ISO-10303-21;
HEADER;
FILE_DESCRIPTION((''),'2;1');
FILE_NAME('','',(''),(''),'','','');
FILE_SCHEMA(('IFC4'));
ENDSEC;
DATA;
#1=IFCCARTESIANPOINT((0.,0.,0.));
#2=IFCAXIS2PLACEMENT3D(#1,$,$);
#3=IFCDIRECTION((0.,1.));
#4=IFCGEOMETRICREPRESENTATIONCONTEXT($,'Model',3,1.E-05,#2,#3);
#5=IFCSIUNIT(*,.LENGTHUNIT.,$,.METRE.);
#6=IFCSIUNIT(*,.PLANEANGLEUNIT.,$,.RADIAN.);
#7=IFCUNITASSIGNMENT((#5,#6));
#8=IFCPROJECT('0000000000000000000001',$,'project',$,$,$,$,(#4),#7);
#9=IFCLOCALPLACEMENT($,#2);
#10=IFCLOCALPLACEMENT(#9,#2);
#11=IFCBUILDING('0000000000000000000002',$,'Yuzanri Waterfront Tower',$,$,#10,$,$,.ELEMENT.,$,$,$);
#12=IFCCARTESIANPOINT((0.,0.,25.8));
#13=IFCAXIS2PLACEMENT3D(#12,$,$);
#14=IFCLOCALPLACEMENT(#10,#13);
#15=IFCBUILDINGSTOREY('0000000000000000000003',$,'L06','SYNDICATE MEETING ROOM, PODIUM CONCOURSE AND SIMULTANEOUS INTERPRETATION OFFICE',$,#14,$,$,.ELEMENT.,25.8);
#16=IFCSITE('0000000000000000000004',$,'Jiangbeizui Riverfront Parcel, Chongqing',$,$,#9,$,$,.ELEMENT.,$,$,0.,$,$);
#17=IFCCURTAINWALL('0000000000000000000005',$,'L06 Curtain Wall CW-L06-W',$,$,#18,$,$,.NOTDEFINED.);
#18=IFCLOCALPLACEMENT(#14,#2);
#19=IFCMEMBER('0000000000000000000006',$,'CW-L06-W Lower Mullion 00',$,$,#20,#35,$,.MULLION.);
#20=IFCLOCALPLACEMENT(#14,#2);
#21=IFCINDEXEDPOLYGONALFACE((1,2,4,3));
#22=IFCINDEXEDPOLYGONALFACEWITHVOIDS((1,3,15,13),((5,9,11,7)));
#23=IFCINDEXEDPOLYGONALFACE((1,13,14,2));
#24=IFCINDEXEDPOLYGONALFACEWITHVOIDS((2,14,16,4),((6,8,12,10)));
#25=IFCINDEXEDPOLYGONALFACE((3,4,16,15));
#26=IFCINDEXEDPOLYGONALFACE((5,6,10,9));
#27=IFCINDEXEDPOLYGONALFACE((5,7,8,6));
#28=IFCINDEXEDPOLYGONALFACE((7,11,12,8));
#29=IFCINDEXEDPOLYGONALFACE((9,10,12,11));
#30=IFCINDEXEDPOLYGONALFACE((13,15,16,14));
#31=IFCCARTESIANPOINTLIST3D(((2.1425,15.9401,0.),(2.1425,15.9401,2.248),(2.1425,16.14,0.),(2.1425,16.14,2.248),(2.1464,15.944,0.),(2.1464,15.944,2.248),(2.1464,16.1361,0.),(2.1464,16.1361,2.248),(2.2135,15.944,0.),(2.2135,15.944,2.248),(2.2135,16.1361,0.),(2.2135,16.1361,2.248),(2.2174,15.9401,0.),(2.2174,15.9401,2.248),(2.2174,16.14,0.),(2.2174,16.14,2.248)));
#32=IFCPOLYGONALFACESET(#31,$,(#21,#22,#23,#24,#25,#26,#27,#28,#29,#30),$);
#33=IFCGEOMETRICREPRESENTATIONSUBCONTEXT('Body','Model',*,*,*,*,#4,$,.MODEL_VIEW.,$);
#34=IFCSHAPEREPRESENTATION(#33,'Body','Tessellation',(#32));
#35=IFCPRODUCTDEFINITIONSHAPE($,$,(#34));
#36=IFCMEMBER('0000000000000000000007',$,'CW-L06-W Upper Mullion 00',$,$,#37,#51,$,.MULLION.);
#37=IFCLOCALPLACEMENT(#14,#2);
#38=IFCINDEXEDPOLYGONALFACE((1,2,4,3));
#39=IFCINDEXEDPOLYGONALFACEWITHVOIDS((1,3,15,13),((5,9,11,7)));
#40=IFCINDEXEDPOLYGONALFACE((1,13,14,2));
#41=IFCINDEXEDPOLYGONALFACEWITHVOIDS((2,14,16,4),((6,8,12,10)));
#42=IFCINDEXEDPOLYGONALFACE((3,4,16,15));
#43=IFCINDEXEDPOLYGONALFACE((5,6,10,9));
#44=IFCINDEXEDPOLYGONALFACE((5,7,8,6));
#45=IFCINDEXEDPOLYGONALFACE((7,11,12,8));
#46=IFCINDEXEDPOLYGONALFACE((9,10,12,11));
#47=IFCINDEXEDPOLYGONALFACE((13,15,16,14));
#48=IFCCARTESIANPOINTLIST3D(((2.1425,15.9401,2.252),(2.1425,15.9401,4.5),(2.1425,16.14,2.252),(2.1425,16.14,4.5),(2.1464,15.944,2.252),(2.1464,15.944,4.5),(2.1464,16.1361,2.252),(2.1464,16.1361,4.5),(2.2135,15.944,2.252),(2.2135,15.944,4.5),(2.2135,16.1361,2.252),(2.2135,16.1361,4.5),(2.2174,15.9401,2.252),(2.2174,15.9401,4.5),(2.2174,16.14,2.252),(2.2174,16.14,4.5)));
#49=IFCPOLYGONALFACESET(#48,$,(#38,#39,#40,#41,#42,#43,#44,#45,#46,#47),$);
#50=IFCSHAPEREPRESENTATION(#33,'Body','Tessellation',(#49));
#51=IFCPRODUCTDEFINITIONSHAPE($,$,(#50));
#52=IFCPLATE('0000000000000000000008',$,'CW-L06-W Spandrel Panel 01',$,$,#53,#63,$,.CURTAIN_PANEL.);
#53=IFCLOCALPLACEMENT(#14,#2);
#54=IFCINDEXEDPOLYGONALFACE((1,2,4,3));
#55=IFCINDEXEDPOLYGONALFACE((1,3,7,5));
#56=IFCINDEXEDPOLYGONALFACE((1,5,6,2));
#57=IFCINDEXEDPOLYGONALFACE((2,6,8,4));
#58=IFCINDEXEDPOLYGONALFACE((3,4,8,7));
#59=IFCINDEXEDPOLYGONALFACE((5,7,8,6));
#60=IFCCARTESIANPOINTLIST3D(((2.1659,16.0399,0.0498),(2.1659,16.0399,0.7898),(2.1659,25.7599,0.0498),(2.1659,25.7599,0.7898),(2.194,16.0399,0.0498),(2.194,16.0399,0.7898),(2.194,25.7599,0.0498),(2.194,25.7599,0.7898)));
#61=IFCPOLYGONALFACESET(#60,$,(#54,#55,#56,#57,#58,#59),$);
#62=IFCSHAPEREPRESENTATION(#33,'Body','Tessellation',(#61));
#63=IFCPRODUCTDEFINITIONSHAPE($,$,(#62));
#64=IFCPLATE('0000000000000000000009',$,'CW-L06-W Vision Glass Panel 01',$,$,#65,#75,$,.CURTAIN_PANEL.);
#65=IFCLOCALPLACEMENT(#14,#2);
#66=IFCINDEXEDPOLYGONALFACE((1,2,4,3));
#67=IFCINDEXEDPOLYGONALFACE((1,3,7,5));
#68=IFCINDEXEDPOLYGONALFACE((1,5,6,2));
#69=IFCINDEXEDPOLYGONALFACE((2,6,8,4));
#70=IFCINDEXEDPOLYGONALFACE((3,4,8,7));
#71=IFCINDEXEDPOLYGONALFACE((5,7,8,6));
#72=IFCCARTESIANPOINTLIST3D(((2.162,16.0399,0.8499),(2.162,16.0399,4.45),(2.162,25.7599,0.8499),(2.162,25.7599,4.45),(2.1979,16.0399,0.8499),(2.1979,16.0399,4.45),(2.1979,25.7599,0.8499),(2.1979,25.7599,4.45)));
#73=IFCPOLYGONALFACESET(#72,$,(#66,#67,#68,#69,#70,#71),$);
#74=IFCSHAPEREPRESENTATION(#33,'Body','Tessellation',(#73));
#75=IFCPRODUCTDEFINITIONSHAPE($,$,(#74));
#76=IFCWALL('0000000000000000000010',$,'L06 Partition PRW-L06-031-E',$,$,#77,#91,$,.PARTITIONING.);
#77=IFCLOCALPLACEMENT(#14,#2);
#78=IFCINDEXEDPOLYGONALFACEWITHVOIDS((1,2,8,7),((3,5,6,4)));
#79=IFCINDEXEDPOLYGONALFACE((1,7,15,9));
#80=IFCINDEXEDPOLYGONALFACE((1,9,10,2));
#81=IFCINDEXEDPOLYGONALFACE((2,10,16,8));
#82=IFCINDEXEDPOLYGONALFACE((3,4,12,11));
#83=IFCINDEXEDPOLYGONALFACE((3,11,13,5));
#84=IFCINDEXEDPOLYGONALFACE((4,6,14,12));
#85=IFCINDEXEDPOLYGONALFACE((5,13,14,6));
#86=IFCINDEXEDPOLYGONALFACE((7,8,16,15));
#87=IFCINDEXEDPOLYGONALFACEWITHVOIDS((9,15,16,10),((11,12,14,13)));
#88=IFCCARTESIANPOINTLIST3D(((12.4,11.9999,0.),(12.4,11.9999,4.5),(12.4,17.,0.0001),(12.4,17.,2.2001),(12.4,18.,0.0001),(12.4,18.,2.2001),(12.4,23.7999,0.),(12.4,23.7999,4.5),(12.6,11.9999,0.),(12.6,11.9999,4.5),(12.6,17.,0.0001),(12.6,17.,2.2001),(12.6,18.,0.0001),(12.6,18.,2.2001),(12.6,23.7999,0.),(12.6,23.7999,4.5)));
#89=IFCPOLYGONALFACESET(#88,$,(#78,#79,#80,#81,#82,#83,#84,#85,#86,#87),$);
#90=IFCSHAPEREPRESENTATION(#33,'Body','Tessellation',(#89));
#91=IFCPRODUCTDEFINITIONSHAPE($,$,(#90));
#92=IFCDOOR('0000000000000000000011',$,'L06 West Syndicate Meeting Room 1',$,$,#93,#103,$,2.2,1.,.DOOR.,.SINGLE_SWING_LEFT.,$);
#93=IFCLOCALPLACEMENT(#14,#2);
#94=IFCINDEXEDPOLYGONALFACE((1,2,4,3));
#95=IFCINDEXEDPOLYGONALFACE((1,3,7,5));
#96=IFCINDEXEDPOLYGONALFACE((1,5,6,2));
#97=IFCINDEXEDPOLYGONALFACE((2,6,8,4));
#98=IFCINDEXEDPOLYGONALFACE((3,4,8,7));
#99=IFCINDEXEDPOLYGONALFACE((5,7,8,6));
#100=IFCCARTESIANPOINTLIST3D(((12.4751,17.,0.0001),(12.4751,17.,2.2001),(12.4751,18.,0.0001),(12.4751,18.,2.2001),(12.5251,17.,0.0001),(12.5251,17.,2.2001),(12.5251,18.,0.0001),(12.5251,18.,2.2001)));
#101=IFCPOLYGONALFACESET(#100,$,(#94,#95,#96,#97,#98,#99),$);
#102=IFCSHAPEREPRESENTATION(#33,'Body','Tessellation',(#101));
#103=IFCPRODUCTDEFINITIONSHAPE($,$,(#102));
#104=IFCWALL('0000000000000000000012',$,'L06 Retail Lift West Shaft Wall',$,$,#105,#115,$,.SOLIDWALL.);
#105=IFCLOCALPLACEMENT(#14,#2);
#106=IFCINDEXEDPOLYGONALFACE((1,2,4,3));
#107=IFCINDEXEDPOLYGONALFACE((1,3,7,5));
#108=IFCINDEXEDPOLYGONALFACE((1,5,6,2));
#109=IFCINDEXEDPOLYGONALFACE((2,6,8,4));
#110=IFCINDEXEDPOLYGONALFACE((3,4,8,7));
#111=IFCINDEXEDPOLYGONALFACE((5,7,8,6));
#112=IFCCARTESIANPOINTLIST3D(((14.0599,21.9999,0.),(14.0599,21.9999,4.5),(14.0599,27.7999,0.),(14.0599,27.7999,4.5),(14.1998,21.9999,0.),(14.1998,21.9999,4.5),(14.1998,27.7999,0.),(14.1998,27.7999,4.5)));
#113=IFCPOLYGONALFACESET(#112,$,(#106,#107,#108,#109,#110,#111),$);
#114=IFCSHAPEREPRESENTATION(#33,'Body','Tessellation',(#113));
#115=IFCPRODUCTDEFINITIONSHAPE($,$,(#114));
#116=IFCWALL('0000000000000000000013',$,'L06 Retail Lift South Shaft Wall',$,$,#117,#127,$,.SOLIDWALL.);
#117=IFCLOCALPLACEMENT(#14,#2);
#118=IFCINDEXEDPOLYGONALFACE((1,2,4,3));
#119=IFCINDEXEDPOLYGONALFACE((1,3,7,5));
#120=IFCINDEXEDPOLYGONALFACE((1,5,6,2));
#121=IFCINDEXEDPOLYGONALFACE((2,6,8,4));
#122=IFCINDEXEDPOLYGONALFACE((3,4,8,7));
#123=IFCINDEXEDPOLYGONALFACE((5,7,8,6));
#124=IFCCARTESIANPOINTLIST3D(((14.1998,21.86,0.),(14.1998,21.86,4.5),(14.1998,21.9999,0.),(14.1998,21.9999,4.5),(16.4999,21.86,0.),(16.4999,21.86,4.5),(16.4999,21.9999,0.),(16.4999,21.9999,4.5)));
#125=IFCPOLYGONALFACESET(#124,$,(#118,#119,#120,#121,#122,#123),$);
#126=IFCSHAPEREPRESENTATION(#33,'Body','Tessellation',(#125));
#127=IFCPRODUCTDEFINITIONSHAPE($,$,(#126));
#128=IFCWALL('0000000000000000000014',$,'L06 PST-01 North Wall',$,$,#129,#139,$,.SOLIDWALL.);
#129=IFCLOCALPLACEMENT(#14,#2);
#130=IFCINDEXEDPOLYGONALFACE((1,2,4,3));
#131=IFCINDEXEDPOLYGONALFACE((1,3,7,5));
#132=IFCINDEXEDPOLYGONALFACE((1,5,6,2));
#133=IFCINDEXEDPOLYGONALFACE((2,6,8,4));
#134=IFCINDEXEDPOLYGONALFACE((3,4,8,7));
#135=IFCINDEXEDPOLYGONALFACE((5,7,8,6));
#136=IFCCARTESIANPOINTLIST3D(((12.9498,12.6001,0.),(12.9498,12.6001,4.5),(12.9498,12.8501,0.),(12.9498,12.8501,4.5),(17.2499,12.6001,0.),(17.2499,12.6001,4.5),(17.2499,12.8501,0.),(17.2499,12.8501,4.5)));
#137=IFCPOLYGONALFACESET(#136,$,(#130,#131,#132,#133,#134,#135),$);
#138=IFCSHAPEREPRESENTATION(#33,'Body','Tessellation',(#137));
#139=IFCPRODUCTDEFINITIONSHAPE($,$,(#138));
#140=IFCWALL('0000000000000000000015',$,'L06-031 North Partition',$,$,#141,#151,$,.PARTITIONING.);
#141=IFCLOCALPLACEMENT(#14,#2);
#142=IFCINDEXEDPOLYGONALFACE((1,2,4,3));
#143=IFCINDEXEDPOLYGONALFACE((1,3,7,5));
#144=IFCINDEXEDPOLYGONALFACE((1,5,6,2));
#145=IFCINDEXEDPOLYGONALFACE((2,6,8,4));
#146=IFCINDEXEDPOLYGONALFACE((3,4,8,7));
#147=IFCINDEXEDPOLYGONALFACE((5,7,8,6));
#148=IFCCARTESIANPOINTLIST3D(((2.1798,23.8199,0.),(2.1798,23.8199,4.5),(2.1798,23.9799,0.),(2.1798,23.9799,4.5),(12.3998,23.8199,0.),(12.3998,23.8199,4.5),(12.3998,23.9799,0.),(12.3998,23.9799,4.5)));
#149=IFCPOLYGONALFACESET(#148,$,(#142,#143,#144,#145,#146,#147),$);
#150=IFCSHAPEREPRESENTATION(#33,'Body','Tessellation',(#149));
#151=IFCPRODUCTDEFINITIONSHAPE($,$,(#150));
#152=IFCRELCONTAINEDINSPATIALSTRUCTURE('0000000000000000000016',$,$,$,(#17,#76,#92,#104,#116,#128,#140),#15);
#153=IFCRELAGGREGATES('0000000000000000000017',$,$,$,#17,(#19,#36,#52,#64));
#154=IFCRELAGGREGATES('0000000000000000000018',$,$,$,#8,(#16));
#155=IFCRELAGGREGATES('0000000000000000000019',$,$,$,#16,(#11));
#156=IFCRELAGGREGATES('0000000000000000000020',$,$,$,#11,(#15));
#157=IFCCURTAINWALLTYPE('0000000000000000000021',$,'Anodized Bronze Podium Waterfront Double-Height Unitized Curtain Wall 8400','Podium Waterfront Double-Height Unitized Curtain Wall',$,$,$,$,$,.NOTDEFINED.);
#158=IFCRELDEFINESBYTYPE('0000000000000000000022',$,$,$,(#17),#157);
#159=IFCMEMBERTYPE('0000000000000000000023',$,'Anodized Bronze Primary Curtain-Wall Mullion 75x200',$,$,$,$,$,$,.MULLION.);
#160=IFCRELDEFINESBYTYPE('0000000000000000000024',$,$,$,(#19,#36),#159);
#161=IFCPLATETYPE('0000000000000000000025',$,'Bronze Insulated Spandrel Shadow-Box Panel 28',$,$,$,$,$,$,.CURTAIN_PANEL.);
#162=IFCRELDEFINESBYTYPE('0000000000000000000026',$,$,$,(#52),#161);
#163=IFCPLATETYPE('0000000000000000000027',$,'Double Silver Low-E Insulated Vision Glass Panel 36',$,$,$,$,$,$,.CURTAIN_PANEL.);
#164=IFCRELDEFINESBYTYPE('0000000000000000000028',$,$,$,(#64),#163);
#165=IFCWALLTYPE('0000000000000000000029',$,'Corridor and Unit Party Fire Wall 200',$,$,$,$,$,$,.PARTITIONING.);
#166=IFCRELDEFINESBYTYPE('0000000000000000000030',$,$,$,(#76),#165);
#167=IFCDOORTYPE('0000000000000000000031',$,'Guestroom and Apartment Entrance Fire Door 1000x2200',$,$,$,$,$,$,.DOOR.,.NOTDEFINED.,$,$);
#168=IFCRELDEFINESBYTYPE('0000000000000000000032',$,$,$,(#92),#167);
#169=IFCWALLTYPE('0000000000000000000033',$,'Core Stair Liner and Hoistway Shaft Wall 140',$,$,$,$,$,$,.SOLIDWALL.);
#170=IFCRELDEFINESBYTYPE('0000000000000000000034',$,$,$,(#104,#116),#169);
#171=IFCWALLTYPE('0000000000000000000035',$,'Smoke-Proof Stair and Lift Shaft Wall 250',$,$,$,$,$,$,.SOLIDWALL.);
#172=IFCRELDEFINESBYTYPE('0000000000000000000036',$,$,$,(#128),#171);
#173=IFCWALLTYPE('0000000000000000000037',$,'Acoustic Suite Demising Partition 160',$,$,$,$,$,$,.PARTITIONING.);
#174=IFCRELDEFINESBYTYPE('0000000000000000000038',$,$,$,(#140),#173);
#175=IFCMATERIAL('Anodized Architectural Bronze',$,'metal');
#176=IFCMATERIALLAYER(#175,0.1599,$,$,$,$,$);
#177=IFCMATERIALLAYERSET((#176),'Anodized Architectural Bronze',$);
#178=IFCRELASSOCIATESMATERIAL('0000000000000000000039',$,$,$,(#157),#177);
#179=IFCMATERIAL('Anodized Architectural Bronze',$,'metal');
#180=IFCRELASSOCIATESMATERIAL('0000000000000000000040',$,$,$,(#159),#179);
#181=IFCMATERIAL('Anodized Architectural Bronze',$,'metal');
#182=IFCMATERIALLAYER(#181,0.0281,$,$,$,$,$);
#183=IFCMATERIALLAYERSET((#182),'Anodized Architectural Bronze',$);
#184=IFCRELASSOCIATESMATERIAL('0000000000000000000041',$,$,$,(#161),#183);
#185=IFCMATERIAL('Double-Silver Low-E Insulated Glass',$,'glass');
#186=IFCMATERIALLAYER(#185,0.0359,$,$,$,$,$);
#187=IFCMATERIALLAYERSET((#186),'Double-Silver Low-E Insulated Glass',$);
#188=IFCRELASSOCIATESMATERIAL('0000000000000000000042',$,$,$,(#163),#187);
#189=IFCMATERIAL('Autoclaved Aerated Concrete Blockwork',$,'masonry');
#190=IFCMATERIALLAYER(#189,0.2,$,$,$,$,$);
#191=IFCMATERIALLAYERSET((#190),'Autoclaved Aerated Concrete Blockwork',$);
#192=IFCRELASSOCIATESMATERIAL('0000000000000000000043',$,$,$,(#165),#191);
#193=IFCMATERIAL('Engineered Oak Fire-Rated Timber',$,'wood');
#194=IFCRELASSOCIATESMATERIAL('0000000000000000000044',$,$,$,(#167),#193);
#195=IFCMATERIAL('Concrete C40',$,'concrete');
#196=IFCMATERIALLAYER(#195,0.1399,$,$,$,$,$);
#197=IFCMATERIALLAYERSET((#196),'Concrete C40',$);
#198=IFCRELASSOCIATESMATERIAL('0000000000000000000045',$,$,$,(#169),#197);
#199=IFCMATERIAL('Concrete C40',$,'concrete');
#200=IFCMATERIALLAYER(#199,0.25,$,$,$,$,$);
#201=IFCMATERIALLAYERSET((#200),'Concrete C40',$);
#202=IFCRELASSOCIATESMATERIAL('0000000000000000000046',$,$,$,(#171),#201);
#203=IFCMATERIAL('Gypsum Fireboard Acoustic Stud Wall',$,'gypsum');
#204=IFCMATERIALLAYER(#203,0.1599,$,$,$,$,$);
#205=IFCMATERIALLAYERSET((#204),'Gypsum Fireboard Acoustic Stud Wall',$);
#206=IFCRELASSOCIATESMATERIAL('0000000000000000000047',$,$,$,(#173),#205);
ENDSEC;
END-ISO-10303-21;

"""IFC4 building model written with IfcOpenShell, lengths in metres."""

from ifc_helpers import new_model, si_unit, direction, frame, frame_2d, origin, origin_2d, place, context, subcontext, project, spatial, rectangle, hollow_rectangle, extrude, source, transform, mapped, material, layer, layer_set, material_profile, profile_set, type_object, element, fill, aggregate, save


model = new_model("IFC4")

# Units and contexts
model_context = context("Model", 3, precision=1e-05, world=origin(), true_north=direction((0.0, 1.0)))
body_context = subcontext(model_context, "Body", "Model", "MODEL_VIEW")
ifc_project = project(units=[si_unit("LENGTHUNIT", "METRE"), si_unit("PLANEANGLEUNIT", "RADIAN")], contexts=[model_context])

# Site, building, storey
site_placement = place(None, origin())
site = spatial("IfcSite", under=ifc_project, at=site_placement, Name="Jiangbeizui Riverfront Parcel, Chongqing", CompositionType="ELEMENT", RefElevation=0.0)
building_placement = place(site_placement, origin())
building = spatial("IfcBuilding", under=site, at=building_placement, Name="Yuzanri Waterfront Tower", CompositionType="ELEMENT")
storey_placement = place(building_placement, frame((0.0, 0.0, 25.8)))
storey = spatial("IfcBuildingStorey", under=building, at=storey_placement, Name="L06", Description="SYNDICATE MEETING ROOM, PODIUM CONCOURSE AND SIMULTANEOUS INTERPRETATION OFFICE", CompositionType="ELEMENT", Elevation=25.8)

# Curtain wall, members, plates
ifc_material_1 = material(Name="Anodized Architectural Bronze", Category="metal")
ifc_layer_1 = layer(ifc_material_1, 0.1599)
ifc_layer_set_1 = layer_set([ifc_layer_1], Name="Anodized Architectural Bronze")
curtain_wall_type = type_object("IfcCurtainWallType", Name="Anodized Bronze Podium Waterfront Double-Height Unitized Curtain Wall 8400", Description="Podium Waterfront Double-Height Unitized Curtain Wall", PredefinedType="NOTDEFINED", material=ifc_layer_set_1)
curtain_wall_placement = place(storey_placement, origin())
curtain_wall = element("IfcCurtainWall", 1, at=curtain_wall_placement, inside=storey, type_object=curtain_wall_type, Name="L06 Curtain Wall CW-L06-W", PredefinedType="NOTDEFINED")
ifc_material_2 = material(Name="Anodized Architectural Bronze", Category="metal")
ifc_material_profile_1 = material_profile(ifc_material_2, hollow_rectangle(XDim=0.075, YDim=0.2, WallThickness=0.0039, at=origin_2d()), Name="CWM 75x200")
ifc_profile_set_1 = profile_set([ifc_material_profile_1], Name="Anodized Architectural Bronze")
member_type_1 = type_object("IfcMemberType", Name="Anodized Bronze Primary Curtain-Wall Mullion 75x200", PredefinedType="MULLION", material=ifc_profile_set_1)
shared_shape_1 = source(origin(), body_context, "Body", "SweptSolid", [
    extrude(hollow_rectangle(XDim=0.075, YDim=0.2, WallThickness=0.0039, at=origin_2d()), origin(), (0.0, 0.0, 1.0), 2.248),
])
member_1_placement = place(storey_placement, frame((2.1799, 16.04, 0.0), z_axis=(0.0, 0.0, 1.0), x_axis=(1.0, 0.0, 0.0)))
member_1 = element("IfcMember", 2, at=member_1_placement, type_object=member_type_1, Name="CW-L06-W Lower Mullion 00", PredefinedType="MULLION", context=body_context, shape_type="MappedRepresentation", body=[
    mapped(shared_shape_1, transform((0.0, 0.0, 0.0), scale=1.0)),
])
member_2_placement = place(storey_placement, frame((2.1799, 16.04, 2.252), z_axis=(0.0, 0.0, 1.0), x_axis=(1.0, 0.0, 0.0)))
member_2 = element("IfcMember", 3, at=member_2_placement, type_object=member_type_1, Name="CW-L06-W Upper Mullion 00", PredefinedType="MULLION", context=body_context, shape_type="MappedRepresentation", body=[
    mapped(shared_shape_1, transform((0.0, 0.0, 0.0), scale=1.0)),
])
ifc_material_3 = material(Name="Anodized Architectural Bronze", Category="metal")
ifc_layer_2 = layer(ifc_material_3, 0.0281)
ifc_layer_set_2 = layer_set([ifc_layer_2], Name="Anodized Architectural Bronze")
plate_type_1 = type_object("IfcPlateType", Name="Bronze Insulated Spandrel Shadow-Box Panel 28", PredefinedType="CURTAIN_PANEL", material=ifc_layer_set_2)
shared_shape_2 = source(origin(), body_context, "Body", "SweptSolid", [
    extrude(rectangle(XDim=9.72, YDim=0.0281, at=origin_2d()), origin(), (0.0, 0.0, 1.0), 0.74),
])
plate_1_placement = place(storey_placement, frame((2.1799, 20.8999, 0.0498), z_axis=(0.0, 0.0, 1.0), x_axis=(0.0, 1.0, 0.0)))
plate_1 = element("IfcPlate", 4, at=plate_1_placement, type_object=plate_type_1, Name="CW-L06-W Spandrel Panel 01", PredefinedType="CURTAIN_PANEL", context=body_context, shape_type="MappedRepresentation", body=[
    mapped(shared_shape_2, transform((0.0, 0.0, 0.0), scale=1.0)),
])
ifc_material_4 = material(Name="Double-Silver Low-E Insulated Glass", Category="glass")
ifc_layer_3 = layer(ifc_material_4, 0.0359)
ifc_layer_set_3 = layer_set([ifc_layer_3], Name="Double-Silver Low-E Insulated Glass")
plate_type_2 = type_object("IfcPlateType", Name="Double Silver Low-E Insulated Vision Glass Panel 36", PredefinedType="CURTAIN_PANEL", material=ifc_layer_set_3)
shared_shape_3 = source(origin(), body_context, "Body", "SweptSolid", [
    extrude(rectangle(XDim=9.72, YDim=0.0359, at=origin_2d()), origin(), (0.0, 0.0, 1.0), 3.6001),
])
plate_2_placement = place(storey_placement, frame((2.1799, 20.8999, 0.8499), z_axis=(0.0, 0.0, 1.0), x_axis=(0.0, 1.0, 0.0)))
plate_2 = element("IfcPlate", 5, at=plate_2_placement, type_object=plate_type_2, Name="CW-L06-W Vision Glass Panel 01", PredefinedType="CURTAIN_PANEL", context=body_context, shape_type="MappedRepresentation", body=[
    mapped(shared_shape_3, transform((0.0, 0.0, 0.0), scale=1.0)),
])
aggregate(curtain_wall, [member_1, member_2, plate_1, plate_2])

# Wall, opening, door
ifc_material_5 = material(Name="Autoclaved Aerated Concrete Blockwork", Category="masonry")
ifc_layer_4 = layer(ifc_material_5, 0.2)
ifc_layer_set_4 = layer_set([ifc_layer_4], Name="Autoclaved Aerated Concrete Blockwork")
wall_type_1 = type_object("IfcWallType", Name="Corridor and Unit Party Fire Wall 200", PredefinedType="PARTITIONING", material=ifc_layer_set_4)
wall_1_placement = place(storey_placement, frame((12.5, 12.0, 0.0), z_axis=(0.0, 0.0, 1.0), x_axis=(0.0, 1.0, 0.0)))
wall_1 = element("IfcWall", 6, at=wall_1_placement, inside=storey, type_object=wall_type_1, Name="L06 Partition PRW-L06-031-E", PredefinedType="PARTITIONING", context=body_context, shape_type="SweptSolid", body=[
    extrude(rectangle(XDim=11.8, YDim=0.2, at=frame_2d((5.8999, 0.0))), origin(), (0.0, 0.0, 1.0), 4.5),
])
opening_placement = place(wall_1_placement, frame((5.0, 0.0, 0.0)))
opening = element("IfcOpeningElement", 7, at=opening_placement, cuts=wall_1, PredefinedType="OPENING", context=body_context, shape_type="SweptSolid", body=[
    extrude(rectangle(XDim=1.0, YDim=2.2, at=frame_2d((0.5, 1.1001))), frame((0.0, 0.1147, 0.0), z_axis=(0.0, -1.0, 0.0), x_axis=(1.0, 0.0, 0.0)), (0.0, 0.0, 1.0), 0.2297),
])
ifc_material_6 = material(Name="Engineered Oak Fire-Rated Timber", Category="wood")
door_type = type_object("IfcDoorType", Name="Guestroom and Apartment Entrance Fire Door 1000x2200", OperationType="NOTDEFINED", PredefinedType="DOOR", material=ifc_material_6)
shared_shape_4 = source(origin(), body_context, "Body", "SweptSolid", [
    extrude(rectangle(XDim=1.0, YDim=2.2, at=frame_2d((0.5, 1.1001))), frame((0.0, 0.0249, 0.0), z_axis=(0.0, -1.0, 0.0), x_axis=(1.0, 0.0, 0.0)), (0.0, 0.0, 1.0), 0.05),
])
door_placement = place(opening_placement, origin())
door = element("IfcDoor", 8, at=door_placement, inside=storey, type_object=door_type, Name="L06 West Syndicate Meeting Room 1", OperationType="SINGLE_SWING_LEFT", OverallHeight=2.2, OverallWidth=1.0, PredefinedType="DOOR", context=body_context, shape_type="MappedRepresentation", body=[
    mapped(shared_shape_4, transform((0.0, 0.0, 0.0), scale=1.0)),
])
fill(opening, door)

# Walls
ifc_material_7 = material(Name="Concrete C40", Category="concrete")
ifc_layer_5 = layer(ifc_material_7, 0.1399)
ifc_layer_set_5 = layer_set([ifc_layer_5], Name="Concrete C40")
wall_type_2 = type_object("IfcWallType", Name="Core Stair Liner and Hoistway Shaft Wall 140", PredefinedType="SOLIDWALL", material=ifc_layer_set_5)
shared_shape_5 = source(origin(), body_context, "Body", "SweptSolid", [
    extrude(rectangle(XDim=5.8, YDim=0.1399, at=frame_2d((2.8999, 0.0))), origin(), (0.0, 0.0, 1.0), 4.5),
])
wall_2_placement = place(storey_placement, frame((14.1299, 22.0, 0.0), z_axis=(0.0, 0.0, 1.0), x_axis=(0.0, 1.0, 0.0)))
element("IfcWall", 9, at=wall_2_placement, inside=storey, type_object=wall_type_2, Name="L06 Retail Lift West Shaft Wall", PredefinedType="SOLIDWALL", context=body_context, shape_type="MappedRepresentation", body=[
    mapped(shared_shape_5, transform((0.0, 0.0, 0.0), scale=1.0)),
])
shared_shape_6 = source(origin(), body_context, "Body", "SweptSolid", [
    extrude(rectangle(XDim=2.3, YDim=0.1399, at=frame_2d((1.1499, 0.0))), origin(), (0.0, 0.0, 1.0), 4.5),
])
wall_3_placement = place(storey_placement, frame((14.2, 21.9299, 0.0), z_axis=(0.0, 0.0, 1.0), x_axis=(1.0, 0.0, 0.0)))
element("IfcWall", 10, at=wall_3_placement, inside=storey, type_object=wall_type_2, Name="L06 Retail Lift South Shaft Wall", PredefinedType="SOLIDWALL", context=body_context, shape_type="MappedRepresentation", body=[
    mapped(shared_shape_6, transform((0.0, 0.0, 0.0), scale=1.0)),
])
ifc_material_8 = material(Name="Concrete C40", Category="concrete")
ifc_layer_6 = layer(ifc_material_8, 0.25)
ifc_layer_set_6 = layer_set([ifc_layer_6], Name="Concrete C40")
wall_type_3 = type_object("IfcWallType", Name="Smoke-Proof Stair and Lift Shaft Wall 250", PredefinedType="SOLIDWALL", material=ifc_layer_set_6)
shared_shape_7 = source(origin(), body_context, "Body", "SweptSolid", [
    extrude(rectangle(XDim=4.3, YDim=0.25, at=frame_2d((2.1499, 0.0))), origin(), (0.0, 0.0, 1.0), 4.5),
])
wall_4_placement = place(storey_placement, frame((12.95, 12.7251, 0.0), z_axis=(0.0, 0.0, 1.0), x_axis=(1.0, 0.0, 0.0)))
element("IfcWall", 11, at=wall_4_placement, inside=storey, type_object=wall_type_3, Name="L06 PST-01 North Wall", PredefinedType="SOLIDWALL", context=body_context, shape_type="MappedRepresentation", body=[
    mapped(shared_shape_7, transform((0.0, 0.0, 0.0), scale=1.0)),
])
ifc_material_9 = material(Name="Gypsum Fireboard Acoustic Stud Wall", Category="gypsum")
ifc_layer_7 = layer(ifc_material_9, 0.1599)
ifc_layer_set_7 = layer_set([ifc_layer_7], Name="Gypsum Fireboard Acoustic Stud Wall")
wall_type_4 = type_object("IfcWallType", Name="Acoustic Suite Demising Partition 160", PredefinedType="PARTITIONING", material=ifc_layer_set_7)
shared_shape_8 = source(origin(), body_context, "Body", "SweptSolid", [
    extrude(rectangle(XDim=10.22, YDim=0.1599, at=frame_2d((5.1099, 0.0))), origin(), (0.0, 0.0, 1.0), 4.5),
])
wall_5_placement = place(storey_placement, frame((2.1799, 23.8999, 0.0), z_axis=(0.0, 0.0, 1.0), x_axis=(1.0, 0.0, 0.0)))
element("IfcWall", 12, at=wall_5_placement, inside=storey, type_object=wall_type_4, Name="L06-031 North Partition", PredefinedType="PARTITIONING", context=body_context, shape_type="MappedRepresentation", body=[
    mapped(shared_shape_8, transform((0.0, 0.0, 0.0), scale=1.0)),
])

save(model, "model.ifc")
